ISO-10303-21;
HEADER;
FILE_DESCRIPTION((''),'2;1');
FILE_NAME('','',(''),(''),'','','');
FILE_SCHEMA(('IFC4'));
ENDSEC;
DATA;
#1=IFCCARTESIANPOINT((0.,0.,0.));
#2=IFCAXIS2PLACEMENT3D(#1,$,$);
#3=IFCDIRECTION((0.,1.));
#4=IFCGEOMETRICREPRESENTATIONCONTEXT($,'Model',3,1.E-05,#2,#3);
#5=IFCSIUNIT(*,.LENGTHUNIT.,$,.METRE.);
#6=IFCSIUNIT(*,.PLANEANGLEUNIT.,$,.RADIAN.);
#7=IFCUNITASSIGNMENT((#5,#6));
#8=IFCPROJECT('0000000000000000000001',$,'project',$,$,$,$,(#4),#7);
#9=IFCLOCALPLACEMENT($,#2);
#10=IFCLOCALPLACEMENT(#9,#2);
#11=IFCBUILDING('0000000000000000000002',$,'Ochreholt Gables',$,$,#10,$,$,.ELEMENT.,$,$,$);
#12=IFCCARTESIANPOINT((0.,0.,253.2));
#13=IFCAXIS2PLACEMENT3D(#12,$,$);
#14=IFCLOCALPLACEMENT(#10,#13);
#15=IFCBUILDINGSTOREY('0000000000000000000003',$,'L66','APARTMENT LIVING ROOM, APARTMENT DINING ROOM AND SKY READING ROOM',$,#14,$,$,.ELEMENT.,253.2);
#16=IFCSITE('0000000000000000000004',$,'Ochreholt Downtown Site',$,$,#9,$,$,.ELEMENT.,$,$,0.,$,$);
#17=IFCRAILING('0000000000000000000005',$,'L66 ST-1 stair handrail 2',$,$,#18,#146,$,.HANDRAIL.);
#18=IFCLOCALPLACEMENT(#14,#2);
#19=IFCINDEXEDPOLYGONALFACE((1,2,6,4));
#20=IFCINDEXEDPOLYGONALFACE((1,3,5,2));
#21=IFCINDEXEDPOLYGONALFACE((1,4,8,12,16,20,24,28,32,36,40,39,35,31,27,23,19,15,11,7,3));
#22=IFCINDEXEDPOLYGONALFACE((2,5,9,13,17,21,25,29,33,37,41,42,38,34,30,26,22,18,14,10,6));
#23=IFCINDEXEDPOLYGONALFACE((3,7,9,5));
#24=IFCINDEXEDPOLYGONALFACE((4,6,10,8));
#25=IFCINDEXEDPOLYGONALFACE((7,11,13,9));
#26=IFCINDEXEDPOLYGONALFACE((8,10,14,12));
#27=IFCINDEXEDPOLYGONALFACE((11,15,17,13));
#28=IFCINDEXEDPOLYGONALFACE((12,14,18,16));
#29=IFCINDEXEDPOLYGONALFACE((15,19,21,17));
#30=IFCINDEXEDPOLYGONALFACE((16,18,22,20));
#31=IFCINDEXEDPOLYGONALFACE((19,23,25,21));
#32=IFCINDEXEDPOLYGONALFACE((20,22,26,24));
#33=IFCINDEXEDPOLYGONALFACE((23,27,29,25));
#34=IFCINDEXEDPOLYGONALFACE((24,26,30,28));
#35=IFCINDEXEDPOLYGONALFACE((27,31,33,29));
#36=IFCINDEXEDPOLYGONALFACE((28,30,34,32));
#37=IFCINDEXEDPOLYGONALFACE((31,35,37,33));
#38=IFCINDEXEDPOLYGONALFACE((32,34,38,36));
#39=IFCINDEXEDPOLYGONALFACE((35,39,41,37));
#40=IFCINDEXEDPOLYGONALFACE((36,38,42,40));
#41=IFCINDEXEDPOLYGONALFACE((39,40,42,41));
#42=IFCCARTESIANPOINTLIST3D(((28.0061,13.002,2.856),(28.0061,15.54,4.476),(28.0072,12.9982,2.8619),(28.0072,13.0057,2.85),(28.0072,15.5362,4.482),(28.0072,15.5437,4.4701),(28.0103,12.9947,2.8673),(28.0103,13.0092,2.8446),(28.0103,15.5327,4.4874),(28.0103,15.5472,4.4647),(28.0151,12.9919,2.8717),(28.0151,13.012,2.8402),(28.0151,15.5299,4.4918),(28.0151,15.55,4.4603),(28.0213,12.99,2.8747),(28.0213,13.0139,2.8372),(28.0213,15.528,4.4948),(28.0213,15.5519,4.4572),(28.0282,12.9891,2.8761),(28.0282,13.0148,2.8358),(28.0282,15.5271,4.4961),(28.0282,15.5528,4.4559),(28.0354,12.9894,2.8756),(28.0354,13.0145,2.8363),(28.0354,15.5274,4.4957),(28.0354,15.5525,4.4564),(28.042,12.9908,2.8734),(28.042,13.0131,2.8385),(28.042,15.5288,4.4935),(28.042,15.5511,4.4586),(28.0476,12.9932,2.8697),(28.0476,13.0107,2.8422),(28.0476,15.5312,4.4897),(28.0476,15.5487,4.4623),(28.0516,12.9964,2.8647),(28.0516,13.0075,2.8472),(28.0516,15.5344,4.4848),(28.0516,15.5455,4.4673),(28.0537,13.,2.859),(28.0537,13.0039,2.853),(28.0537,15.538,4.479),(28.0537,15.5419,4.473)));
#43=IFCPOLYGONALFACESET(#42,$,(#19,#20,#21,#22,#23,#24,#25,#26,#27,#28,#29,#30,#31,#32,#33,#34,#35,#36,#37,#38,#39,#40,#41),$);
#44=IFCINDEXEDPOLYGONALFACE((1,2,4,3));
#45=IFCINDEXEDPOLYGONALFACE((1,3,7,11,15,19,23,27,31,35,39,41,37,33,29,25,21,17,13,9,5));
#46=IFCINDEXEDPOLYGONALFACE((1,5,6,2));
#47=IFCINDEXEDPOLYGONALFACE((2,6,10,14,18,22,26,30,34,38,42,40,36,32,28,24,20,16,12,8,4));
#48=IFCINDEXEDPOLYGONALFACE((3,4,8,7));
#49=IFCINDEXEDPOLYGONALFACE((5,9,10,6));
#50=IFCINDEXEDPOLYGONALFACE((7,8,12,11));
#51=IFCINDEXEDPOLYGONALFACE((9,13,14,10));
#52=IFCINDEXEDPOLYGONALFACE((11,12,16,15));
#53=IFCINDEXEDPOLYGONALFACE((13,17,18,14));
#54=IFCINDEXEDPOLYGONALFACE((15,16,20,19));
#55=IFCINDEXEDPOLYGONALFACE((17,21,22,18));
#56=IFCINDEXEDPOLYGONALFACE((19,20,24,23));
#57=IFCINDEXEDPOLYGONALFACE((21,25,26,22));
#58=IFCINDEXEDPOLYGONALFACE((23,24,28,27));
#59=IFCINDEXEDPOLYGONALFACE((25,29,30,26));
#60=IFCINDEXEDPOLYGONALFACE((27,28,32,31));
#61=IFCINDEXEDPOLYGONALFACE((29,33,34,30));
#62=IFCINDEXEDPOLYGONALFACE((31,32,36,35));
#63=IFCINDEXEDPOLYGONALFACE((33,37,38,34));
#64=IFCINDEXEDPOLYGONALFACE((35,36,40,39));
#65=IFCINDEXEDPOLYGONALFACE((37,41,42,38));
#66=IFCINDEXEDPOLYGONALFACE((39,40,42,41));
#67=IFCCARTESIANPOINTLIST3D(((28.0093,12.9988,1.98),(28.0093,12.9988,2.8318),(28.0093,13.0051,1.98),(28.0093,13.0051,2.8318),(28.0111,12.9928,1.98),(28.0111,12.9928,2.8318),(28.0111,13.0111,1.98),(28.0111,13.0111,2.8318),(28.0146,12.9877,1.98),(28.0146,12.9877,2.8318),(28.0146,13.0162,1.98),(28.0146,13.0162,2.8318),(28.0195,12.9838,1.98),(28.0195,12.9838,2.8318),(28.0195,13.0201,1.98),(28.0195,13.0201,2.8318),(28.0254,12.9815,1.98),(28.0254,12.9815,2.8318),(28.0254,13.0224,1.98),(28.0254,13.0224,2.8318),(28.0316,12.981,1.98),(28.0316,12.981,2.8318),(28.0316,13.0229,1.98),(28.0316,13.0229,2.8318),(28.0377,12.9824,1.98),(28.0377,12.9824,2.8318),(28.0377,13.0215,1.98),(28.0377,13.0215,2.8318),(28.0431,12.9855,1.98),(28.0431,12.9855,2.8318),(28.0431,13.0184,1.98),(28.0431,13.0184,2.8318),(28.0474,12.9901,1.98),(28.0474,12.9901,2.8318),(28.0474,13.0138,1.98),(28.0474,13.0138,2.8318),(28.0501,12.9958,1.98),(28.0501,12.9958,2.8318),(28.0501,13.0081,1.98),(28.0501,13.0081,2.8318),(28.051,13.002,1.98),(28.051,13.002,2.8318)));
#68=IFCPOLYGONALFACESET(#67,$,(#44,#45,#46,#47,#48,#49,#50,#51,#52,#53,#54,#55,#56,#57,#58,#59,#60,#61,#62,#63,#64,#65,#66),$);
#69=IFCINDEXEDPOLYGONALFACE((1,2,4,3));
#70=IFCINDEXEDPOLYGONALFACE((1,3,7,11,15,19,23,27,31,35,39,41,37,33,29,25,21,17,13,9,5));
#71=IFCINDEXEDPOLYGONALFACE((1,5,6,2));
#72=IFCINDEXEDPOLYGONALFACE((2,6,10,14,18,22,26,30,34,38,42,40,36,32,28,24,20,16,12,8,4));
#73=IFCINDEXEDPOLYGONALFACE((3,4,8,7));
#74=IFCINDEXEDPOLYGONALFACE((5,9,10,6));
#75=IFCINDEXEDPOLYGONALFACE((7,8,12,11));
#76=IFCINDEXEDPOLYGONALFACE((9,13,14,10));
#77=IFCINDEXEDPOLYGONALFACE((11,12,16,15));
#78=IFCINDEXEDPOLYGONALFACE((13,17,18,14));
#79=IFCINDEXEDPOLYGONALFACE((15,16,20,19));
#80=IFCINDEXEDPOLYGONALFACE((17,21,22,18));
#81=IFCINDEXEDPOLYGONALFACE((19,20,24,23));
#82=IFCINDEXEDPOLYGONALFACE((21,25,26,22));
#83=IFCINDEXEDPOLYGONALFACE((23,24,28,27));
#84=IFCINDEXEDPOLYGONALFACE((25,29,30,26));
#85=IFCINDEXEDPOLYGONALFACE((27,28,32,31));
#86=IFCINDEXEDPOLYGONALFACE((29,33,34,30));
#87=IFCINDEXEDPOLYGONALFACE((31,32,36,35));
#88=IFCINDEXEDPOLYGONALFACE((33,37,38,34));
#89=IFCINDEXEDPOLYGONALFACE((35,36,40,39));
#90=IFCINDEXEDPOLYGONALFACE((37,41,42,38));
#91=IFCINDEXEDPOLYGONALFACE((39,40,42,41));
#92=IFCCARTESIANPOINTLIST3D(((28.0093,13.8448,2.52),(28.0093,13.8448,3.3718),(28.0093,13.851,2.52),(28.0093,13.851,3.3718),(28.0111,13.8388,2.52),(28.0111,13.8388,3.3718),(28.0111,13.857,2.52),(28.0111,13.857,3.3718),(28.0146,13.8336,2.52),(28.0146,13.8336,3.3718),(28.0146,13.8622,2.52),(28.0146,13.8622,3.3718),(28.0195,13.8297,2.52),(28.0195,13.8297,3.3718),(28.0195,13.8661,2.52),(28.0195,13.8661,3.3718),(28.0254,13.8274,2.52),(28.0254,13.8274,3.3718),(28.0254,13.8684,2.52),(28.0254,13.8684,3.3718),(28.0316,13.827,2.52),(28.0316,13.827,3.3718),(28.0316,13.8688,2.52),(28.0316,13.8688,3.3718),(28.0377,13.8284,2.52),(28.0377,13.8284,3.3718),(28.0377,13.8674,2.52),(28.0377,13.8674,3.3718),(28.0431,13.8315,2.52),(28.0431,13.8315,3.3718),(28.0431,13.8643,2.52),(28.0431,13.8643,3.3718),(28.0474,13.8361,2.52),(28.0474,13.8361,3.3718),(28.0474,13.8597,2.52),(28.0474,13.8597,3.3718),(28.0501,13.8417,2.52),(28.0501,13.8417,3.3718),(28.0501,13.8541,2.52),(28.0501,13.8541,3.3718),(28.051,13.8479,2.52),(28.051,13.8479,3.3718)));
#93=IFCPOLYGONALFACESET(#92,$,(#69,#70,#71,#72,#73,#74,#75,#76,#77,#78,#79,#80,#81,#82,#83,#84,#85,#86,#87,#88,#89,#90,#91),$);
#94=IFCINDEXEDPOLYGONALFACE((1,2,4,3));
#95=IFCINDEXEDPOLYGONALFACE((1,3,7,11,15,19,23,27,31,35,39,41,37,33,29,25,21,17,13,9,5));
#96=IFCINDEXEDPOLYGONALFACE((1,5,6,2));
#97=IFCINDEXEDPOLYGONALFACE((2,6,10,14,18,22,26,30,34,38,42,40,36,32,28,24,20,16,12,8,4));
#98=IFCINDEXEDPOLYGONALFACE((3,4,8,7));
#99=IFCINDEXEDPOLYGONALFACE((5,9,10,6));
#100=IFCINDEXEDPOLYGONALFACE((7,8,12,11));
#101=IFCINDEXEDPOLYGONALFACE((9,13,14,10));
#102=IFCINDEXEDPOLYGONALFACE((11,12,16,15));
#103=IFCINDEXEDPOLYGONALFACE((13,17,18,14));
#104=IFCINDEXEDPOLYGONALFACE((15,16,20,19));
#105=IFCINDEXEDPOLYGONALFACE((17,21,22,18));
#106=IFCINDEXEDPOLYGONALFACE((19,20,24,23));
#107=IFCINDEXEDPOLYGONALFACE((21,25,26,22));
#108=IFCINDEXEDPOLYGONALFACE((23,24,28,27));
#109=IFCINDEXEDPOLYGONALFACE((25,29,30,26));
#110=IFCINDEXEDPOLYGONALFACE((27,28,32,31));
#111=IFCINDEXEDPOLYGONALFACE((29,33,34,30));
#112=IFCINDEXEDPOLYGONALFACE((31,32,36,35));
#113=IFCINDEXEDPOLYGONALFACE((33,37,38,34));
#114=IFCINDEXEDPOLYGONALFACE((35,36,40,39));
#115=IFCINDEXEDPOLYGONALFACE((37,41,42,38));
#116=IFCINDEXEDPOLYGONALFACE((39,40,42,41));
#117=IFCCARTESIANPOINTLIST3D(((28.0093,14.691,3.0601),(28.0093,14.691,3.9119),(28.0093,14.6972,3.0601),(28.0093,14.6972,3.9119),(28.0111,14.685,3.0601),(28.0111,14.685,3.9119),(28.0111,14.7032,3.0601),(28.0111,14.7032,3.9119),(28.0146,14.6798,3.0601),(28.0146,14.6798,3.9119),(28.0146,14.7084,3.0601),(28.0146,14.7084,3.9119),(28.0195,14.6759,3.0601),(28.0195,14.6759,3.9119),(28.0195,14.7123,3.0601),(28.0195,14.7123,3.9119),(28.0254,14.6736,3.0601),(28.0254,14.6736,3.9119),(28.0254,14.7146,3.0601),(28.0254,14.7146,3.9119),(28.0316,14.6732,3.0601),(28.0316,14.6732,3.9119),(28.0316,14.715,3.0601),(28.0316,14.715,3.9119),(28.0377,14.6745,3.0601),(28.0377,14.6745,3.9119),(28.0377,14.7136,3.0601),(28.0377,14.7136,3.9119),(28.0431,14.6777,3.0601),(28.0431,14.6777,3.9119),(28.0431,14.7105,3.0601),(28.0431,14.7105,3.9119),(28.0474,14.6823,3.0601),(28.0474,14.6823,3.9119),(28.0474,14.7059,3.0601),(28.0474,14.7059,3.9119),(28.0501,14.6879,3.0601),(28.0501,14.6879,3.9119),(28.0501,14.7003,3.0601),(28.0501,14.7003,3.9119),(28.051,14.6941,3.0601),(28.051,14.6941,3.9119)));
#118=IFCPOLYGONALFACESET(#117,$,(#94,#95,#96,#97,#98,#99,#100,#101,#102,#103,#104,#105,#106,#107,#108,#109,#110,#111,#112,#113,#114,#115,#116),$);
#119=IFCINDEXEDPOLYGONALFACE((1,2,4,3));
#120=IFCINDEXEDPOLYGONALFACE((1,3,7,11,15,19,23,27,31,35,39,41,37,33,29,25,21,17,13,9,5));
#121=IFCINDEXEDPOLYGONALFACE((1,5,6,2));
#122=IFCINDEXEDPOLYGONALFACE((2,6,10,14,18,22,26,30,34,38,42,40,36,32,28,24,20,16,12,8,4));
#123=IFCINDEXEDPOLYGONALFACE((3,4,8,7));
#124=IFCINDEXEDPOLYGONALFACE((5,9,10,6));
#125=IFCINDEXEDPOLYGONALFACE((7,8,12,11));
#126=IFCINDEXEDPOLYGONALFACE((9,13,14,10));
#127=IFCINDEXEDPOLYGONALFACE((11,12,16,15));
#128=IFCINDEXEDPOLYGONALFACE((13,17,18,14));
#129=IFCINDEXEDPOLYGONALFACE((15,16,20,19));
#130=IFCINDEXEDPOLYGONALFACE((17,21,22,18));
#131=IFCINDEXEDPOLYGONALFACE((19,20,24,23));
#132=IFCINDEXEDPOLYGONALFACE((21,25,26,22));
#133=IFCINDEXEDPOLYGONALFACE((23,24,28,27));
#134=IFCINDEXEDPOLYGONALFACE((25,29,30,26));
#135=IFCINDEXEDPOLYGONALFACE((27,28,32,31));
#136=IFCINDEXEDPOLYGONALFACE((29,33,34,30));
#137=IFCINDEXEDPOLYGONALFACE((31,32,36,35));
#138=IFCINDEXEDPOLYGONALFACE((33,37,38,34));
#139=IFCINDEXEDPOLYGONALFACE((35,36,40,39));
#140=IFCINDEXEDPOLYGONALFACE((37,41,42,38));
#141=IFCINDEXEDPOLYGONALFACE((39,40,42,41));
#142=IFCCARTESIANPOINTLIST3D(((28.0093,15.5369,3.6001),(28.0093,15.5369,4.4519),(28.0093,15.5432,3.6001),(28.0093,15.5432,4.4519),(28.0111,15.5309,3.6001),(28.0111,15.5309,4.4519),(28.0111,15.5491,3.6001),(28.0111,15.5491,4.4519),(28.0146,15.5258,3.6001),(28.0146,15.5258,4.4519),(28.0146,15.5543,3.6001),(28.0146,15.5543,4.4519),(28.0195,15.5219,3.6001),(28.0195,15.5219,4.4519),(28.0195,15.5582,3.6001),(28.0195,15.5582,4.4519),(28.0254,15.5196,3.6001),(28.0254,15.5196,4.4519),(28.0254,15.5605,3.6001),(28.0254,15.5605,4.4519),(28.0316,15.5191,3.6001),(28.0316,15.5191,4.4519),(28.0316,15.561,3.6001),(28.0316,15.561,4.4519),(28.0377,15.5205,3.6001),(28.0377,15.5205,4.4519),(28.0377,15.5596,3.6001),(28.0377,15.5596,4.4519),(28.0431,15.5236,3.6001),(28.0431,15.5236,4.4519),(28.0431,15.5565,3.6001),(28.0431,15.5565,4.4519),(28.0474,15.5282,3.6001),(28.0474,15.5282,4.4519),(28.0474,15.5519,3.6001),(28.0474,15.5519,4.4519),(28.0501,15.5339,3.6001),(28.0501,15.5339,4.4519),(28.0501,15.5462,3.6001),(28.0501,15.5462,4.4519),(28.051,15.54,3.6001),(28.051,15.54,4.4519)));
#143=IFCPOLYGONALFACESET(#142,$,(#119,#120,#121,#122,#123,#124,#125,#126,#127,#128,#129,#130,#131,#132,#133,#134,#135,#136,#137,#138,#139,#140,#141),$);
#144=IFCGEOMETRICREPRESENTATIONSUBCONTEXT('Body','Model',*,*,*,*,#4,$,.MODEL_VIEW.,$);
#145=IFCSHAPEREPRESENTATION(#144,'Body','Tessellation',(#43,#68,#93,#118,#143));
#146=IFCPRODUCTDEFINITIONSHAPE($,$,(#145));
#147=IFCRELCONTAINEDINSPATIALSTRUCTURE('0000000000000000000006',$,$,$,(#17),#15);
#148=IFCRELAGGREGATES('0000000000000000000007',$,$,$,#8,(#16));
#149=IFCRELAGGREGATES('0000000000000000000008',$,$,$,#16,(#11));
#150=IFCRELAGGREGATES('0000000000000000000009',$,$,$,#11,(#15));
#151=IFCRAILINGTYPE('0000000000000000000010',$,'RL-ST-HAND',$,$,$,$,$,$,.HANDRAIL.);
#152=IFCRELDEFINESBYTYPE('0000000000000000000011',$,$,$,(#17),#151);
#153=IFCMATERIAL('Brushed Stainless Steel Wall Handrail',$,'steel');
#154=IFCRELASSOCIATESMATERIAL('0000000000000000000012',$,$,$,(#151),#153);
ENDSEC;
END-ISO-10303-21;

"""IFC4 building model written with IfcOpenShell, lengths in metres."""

from ifc_helpers import new_model, si_unit, direction, frame, origin, origin_2d, place, context, subcontext, project, spatial, circle, extrude, material, type_object, element, save


model = new_model("IFC4")

# Units and contexts
model_context = context("Model", 3, precision=1e-05, world=origin(), true_north=direction((0.0, 1.0)))
body_context = subcontext(model_context, "Body", "Model", "MODEL_VIEW")
ifc_project = project(units=[si_unit("LENGTHUNIT", "METRE"), si_unit("PLANEANGLEUNIT", "RADIAN")], contexts=[model_context])

# Site, building, storey
site_placement = place(None, origin())
site = spatial("IfcSite", under=ifc_project, at=site_placement, Name="Ochreholt Downtown Site", CompositionType="ELEMENT", RefElevation=0.0)
building_placement = place(site_placement, origin())
building = spatial("IfcBuilding", under=site, at=building_placement, Name="Ochreholt Gables", CompositionType="ELEMENT")
storey_placement = place(building_placement, frame((0.0, 0.0, 253.2)))
storey = spatial("IfcBuildingStorey", under=building, at=storey_placement, Name="L66", Description="APARTMENT LIVING ROOM, APARTMENT DINING ROOM AND SKY READING ROOM", CompositionType="ELEMENT", Elevation=253.2)

# Railing
ifc_material_1 = material(Name="Brushed Stainless Steel Wall Handrail", Category="steel")
railing_type_1 = type_object("IfcRailingType", Name="RL-ST-HAND", PredefinedType="HANDRAIL", material=ifc_material_1)
railing_1_placement = place(storey_placement, frame((28.03, 13.002, 1.98)))
element("IfcRailing", 1, at=railing_1_placement, inside=storey, type_object=railing_type_1, Name="L66 ST-1 stair handrail 2", PredefinedType="HANDRAIL", context=body_context, shape_type="SweptSolid", body=[
    extrude(circle(Radius=0.0239, at=origin_2d()), frame((0.0, 0.0, 0.876), z_axis=(0.0, 0.842913, 0.53805), x_axis=(-1.0, 0.0, 0.0)), (0.0, 0.0, 1.0), 3.011),
    extrude(circle(Radius=0.021, at=origin_2d()), origin(), (0.0, 0.0, 1.0), 0.8518),
    extrude(circle(Radius=0.021, at=origin_2d()), frame((0.0, 0.8459, 0.54)), (0.0, 0.0, 1.0), 0.8518),
    extrude(circle(Radius=0.021, at=origin_2d()), frame((0.0, 1.6921, 1.0801)), (0.0, 0.0, 1.0), 0.8518),
    extrude(circle(Radius=0.021, at=origin_2d()), frame((0.0, 2.5381, 1.6201)), (0.0, 0.0, 1.0), 0.8518),
])

save(model, "model.ifc")
